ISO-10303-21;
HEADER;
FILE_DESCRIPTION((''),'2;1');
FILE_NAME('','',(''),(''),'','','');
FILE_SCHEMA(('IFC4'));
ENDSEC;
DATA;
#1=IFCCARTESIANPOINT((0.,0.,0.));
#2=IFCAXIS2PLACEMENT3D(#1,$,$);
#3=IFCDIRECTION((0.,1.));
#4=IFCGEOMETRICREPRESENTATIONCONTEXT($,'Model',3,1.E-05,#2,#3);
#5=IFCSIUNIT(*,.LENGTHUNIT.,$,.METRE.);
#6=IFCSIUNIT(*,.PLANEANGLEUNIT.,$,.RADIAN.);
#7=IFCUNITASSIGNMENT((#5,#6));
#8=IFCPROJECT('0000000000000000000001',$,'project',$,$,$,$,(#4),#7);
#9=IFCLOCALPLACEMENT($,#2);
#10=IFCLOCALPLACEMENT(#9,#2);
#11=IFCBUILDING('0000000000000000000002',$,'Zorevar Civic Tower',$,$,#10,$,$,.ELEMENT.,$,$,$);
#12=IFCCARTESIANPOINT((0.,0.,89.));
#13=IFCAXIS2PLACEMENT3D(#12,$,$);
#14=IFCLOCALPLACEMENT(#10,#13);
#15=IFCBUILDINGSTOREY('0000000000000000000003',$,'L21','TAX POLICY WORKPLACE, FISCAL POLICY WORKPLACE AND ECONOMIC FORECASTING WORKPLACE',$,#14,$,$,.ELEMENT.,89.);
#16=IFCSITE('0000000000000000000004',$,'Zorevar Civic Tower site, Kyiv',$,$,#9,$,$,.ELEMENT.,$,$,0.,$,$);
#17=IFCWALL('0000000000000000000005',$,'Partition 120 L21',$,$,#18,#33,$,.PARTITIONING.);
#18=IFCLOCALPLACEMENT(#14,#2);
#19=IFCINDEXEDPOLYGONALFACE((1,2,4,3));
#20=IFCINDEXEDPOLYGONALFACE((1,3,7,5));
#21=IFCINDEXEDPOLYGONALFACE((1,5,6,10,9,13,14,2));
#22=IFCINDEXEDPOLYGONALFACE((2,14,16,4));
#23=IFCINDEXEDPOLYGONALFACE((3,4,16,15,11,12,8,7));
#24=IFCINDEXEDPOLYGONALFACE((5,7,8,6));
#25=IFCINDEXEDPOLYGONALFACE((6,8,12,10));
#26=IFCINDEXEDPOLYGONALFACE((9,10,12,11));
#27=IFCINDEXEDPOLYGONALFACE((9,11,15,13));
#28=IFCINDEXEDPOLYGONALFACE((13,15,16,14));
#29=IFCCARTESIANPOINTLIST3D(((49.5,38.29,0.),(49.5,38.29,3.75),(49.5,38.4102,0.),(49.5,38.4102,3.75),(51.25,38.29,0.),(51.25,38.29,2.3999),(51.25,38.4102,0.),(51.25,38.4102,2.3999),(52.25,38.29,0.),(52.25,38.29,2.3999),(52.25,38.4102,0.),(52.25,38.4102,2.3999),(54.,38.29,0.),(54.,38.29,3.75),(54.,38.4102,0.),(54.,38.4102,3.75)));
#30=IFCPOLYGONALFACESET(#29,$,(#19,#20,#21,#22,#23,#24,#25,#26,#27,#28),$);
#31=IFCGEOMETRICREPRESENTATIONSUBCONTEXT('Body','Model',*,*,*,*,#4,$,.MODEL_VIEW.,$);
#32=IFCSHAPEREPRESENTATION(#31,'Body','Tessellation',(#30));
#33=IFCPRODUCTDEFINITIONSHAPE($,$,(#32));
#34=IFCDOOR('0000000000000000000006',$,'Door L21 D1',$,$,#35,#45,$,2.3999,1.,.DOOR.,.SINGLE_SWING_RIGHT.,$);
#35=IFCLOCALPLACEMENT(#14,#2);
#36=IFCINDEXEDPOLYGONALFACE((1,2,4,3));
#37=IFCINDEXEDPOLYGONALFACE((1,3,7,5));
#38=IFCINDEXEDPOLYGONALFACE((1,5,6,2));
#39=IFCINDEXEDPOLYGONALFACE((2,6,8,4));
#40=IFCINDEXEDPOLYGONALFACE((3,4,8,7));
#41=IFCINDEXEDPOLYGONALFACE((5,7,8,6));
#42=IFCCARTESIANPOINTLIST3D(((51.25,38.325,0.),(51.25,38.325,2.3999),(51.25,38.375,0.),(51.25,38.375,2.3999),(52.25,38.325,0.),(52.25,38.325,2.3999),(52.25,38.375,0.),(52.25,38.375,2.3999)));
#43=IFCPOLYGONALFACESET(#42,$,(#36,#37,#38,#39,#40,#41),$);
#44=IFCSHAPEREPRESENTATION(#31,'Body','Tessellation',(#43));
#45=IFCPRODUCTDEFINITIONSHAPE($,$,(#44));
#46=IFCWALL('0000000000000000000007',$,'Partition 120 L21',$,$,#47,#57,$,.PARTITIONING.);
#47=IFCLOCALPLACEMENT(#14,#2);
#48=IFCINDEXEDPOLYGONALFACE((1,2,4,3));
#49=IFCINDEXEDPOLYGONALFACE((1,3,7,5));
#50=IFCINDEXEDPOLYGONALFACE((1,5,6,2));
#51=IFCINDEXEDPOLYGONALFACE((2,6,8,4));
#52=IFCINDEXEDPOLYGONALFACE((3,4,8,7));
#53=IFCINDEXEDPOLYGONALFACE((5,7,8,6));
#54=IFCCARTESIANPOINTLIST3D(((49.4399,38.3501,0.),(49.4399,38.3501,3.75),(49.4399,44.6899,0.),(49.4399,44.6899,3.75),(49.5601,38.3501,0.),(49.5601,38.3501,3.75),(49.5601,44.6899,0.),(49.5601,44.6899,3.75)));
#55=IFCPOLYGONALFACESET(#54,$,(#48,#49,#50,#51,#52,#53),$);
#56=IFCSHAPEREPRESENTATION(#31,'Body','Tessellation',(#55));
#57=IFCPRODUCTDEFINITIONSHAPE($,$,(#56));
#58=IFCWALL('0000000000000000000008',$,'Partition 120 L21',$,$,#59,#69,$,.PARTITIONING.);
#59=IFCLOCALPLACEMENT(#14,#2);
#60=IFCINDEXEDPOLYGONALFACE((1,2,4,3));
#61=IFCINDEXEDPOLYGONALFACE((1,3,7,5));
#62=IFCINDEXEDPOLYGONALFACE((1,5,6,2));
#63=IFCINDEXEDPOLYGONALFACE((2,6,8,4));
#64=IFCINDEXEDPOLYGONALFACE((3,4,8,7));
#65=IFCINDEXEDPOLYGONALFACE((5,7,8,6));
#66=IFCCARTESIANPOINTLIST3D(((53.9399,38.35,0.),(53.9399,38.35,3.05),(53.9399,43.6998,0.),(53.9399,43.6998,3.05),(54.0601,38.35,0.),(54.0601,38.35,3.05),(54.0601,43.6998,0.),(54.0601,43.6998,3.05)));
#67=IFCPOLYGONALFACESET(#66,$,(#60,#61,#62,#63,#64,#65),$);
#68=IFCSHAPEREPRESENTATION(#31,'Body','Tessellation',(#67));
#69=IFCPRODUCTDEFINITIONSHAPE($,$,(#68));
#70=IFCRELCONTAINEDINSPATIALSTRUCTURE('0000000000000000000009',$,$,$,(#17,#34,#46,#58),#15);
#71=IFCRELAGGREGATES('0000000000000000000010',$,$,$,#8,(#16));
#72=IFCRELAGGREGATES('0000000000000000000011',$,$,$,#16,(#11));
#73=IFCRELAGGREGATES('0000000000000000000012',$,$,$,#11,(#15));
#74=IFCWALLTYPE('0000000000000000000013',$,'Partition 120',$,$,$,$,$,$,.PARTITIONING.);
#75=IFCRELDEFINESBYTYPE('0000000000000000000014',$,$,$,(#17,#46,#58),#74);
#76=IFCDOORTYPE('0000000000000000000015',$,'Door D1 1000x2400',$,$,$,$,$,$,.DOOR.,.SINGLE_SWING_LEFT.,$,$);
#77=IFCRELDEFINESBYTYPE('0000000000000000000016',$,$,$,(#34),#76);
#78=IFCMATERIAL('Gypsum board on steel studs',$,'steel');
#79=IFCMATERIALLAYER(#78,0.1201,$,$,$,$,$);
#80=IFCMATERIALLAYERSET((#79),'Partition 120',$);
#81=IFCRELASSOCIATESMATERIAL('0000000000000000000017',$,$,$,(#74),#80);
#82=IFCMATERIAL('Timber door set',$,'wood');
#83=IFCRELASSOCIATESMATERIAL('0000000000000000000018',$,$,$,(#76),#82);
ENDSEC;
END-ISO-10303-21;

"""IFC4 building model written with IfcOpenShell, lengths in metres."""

from ifc_helpers import new_model, si_unit, direction, frame, frame_2d, origin, place, context, subcontext, project, spatial, rectangle, extrude, material, layer, layer_set, type_object, element, fill, save


model = new_model("IFC4")

# Units and contexts
model_context = context("Model", 3, precision=1e-05, world=origin(), true_north=direction((0.0, 1.0)))
body_context = subcontext(model_context, "Body", "Model", "MODEL_VIEW")
ifc_project = project(units=[si_unit("LENGTHUNIT", "METRE"), si_unit("PLANEANGLEUNIT", "RADIAN")], contexts=[model_context])

# Site, building, storey
site_placement = place(None, origin())
site = spatial("IfcSite", under=ifc_project, at=site_placement, Name="Zorevar Civic Tower site, Kyiv", CompositionType="ELEMENT", RefElevation=0.0)
building_placement = place(site_placement, origin())
building = spatial("IfcBuilding", under=site, at=building_placement, Name="Zorevar Civic Tower", CompositionType="ELEMENT")
storey_placement = place(building_placement, frame((0.0, 0.0, 89.0)))
storey = spatial("IfcBuildingStorey", under=building, at=storey_placement, Name="L21", Description="TAX POLICY WORKPLACE, FISCAL POLICY WORKPLACE AND ECONOMIC FORECASTING WORKPLACE", CompositionType="ELEMENT", Elevation=89.0)

# Wall, opening, door
ifc_material_1 = material(Name="Gypsum board on steel studs", Category="steel")
ifc_layer_1 = layer(ifc_material_1, 0.1201)
ifc_layer_set_1 = layer_set([ifc_layer_1], Name="Partition 120")
wall_type_1 = type_object("IfcWallType", Name="Partition 120", PredefinedType="PARTITIONING", material=ifc_layer_set_1)
wall_1_placement = place(storey_placement, frame((49.5, 38.3501, 0.0), z_axis=(0.0, 0.0, 1.0), x_axis=(1.0, 0.0, 0.0)))
wall_1 = element("IfcWall", 1, at=wall_1_placement, inside=storey, type_object=wall_type_1, Name="Partition 120 L21", PredefinedType="PARTITIONING", context=body_context, shape_type="SweptSolid", body=[
    extrude(rectangle(XDim=4.5, YDim=0.1201, at=frame_2d((2.25, 0.0))), origin(), (0.0, 0.0, 1.0), 3.75),
])
opening_placement = place(wall_1_placement, frame((1.75, 0.0, 0.0)))
opening = element("IfcOpeningElement", 2, at=opening_placement, cuts=wall_1, PredefinedType="OPENING", context=body_context, shape_type="SweptSolid", body=[
    extrude(rectangle(XDim=1.0, YDim=2.3999, at=frame_2d((0.5, 1.2))), frame((0.0, 0.0701, 0.0), z_axis=(0.0, -1.0, 0.0), x_axis=(1.0, 0.0, 0.0)), (0.0, 0.0, 1.0), 0.1401),
])
ifc_material_2 = material(Name="Timber door set", Category="wood")
door_type = type_object("IfcDoorType", Name="Door D1 1000x2400", OperationType="SINGLE_SWING_LEFT", PredefinedType="DOOR", material=ifc_material_2)
door_placement = place(opening_placement, origin())
door = element("IfcDoor", 3, at=door_placement, inside=storey, type_object=door_type, Name="Door L21 D1", OperationType="SINGLE_SWING_RIGHT", OverallHeight=2.3999, OverallWidth=1.0, PredefinedType="DOOR", context=body_context, shape_type="SweptSolid", body=[
    extrude(rectangle(XDim=1.0, YDim=2.3999, at=frame_2d((0.5, 1.2))), frame((0.0, 0.0249, 0.0), z_axis=(0.0, -1.0, 0.0), x_axis=(1.0, 0.0, 0.0)), (0.0, 0.0, 1.0), 0.05),
])
fill(opening, door)

# Walls
wall_2_placement = place(storey_placement, frame((49.5, 38.3501, 0.0), z_axis=(0.0, 0.0, 1.0), x_axis=(0.0, 1.0, 0.0)))
element("IfcWall", 4, at=wall_2_placement, inside=storey, type_object=wall_type_1, Name="Partition 120 L21", PredefinedType="PARTITIONING", context=body_context, shape_type="SweptSolid", body=[
    extrude(rectangle(XDim=6.3398, YDim=0.1201, at=frame_2d((3.1699, 0.0))), origin(), (0.0, 0.0, 1.0), 3.75),
])
wall_3_placement = place(storey_placement, frame((54.0, 38.3501, 0.0), z_axis=(0.0, 0.0, 1.0), x_axis=(0.0, 1.0, 0.0)))
element("IfcWall", 5, at=wall_3_placement, inside=storey, type_object=wall_type_1, Name="Partition 120 L21", PredefinedType="PARTITIONING", context=body_context, shape_type="SweptSolid", body=[
    extrude(rectangle(XDim=5.3499, YDim=0.1201, at=frame_2d((2.6748, 0.0))), origin(), (0.0, 0.0, 1.0), 3.05),
])

save(model, "model.ifc")
